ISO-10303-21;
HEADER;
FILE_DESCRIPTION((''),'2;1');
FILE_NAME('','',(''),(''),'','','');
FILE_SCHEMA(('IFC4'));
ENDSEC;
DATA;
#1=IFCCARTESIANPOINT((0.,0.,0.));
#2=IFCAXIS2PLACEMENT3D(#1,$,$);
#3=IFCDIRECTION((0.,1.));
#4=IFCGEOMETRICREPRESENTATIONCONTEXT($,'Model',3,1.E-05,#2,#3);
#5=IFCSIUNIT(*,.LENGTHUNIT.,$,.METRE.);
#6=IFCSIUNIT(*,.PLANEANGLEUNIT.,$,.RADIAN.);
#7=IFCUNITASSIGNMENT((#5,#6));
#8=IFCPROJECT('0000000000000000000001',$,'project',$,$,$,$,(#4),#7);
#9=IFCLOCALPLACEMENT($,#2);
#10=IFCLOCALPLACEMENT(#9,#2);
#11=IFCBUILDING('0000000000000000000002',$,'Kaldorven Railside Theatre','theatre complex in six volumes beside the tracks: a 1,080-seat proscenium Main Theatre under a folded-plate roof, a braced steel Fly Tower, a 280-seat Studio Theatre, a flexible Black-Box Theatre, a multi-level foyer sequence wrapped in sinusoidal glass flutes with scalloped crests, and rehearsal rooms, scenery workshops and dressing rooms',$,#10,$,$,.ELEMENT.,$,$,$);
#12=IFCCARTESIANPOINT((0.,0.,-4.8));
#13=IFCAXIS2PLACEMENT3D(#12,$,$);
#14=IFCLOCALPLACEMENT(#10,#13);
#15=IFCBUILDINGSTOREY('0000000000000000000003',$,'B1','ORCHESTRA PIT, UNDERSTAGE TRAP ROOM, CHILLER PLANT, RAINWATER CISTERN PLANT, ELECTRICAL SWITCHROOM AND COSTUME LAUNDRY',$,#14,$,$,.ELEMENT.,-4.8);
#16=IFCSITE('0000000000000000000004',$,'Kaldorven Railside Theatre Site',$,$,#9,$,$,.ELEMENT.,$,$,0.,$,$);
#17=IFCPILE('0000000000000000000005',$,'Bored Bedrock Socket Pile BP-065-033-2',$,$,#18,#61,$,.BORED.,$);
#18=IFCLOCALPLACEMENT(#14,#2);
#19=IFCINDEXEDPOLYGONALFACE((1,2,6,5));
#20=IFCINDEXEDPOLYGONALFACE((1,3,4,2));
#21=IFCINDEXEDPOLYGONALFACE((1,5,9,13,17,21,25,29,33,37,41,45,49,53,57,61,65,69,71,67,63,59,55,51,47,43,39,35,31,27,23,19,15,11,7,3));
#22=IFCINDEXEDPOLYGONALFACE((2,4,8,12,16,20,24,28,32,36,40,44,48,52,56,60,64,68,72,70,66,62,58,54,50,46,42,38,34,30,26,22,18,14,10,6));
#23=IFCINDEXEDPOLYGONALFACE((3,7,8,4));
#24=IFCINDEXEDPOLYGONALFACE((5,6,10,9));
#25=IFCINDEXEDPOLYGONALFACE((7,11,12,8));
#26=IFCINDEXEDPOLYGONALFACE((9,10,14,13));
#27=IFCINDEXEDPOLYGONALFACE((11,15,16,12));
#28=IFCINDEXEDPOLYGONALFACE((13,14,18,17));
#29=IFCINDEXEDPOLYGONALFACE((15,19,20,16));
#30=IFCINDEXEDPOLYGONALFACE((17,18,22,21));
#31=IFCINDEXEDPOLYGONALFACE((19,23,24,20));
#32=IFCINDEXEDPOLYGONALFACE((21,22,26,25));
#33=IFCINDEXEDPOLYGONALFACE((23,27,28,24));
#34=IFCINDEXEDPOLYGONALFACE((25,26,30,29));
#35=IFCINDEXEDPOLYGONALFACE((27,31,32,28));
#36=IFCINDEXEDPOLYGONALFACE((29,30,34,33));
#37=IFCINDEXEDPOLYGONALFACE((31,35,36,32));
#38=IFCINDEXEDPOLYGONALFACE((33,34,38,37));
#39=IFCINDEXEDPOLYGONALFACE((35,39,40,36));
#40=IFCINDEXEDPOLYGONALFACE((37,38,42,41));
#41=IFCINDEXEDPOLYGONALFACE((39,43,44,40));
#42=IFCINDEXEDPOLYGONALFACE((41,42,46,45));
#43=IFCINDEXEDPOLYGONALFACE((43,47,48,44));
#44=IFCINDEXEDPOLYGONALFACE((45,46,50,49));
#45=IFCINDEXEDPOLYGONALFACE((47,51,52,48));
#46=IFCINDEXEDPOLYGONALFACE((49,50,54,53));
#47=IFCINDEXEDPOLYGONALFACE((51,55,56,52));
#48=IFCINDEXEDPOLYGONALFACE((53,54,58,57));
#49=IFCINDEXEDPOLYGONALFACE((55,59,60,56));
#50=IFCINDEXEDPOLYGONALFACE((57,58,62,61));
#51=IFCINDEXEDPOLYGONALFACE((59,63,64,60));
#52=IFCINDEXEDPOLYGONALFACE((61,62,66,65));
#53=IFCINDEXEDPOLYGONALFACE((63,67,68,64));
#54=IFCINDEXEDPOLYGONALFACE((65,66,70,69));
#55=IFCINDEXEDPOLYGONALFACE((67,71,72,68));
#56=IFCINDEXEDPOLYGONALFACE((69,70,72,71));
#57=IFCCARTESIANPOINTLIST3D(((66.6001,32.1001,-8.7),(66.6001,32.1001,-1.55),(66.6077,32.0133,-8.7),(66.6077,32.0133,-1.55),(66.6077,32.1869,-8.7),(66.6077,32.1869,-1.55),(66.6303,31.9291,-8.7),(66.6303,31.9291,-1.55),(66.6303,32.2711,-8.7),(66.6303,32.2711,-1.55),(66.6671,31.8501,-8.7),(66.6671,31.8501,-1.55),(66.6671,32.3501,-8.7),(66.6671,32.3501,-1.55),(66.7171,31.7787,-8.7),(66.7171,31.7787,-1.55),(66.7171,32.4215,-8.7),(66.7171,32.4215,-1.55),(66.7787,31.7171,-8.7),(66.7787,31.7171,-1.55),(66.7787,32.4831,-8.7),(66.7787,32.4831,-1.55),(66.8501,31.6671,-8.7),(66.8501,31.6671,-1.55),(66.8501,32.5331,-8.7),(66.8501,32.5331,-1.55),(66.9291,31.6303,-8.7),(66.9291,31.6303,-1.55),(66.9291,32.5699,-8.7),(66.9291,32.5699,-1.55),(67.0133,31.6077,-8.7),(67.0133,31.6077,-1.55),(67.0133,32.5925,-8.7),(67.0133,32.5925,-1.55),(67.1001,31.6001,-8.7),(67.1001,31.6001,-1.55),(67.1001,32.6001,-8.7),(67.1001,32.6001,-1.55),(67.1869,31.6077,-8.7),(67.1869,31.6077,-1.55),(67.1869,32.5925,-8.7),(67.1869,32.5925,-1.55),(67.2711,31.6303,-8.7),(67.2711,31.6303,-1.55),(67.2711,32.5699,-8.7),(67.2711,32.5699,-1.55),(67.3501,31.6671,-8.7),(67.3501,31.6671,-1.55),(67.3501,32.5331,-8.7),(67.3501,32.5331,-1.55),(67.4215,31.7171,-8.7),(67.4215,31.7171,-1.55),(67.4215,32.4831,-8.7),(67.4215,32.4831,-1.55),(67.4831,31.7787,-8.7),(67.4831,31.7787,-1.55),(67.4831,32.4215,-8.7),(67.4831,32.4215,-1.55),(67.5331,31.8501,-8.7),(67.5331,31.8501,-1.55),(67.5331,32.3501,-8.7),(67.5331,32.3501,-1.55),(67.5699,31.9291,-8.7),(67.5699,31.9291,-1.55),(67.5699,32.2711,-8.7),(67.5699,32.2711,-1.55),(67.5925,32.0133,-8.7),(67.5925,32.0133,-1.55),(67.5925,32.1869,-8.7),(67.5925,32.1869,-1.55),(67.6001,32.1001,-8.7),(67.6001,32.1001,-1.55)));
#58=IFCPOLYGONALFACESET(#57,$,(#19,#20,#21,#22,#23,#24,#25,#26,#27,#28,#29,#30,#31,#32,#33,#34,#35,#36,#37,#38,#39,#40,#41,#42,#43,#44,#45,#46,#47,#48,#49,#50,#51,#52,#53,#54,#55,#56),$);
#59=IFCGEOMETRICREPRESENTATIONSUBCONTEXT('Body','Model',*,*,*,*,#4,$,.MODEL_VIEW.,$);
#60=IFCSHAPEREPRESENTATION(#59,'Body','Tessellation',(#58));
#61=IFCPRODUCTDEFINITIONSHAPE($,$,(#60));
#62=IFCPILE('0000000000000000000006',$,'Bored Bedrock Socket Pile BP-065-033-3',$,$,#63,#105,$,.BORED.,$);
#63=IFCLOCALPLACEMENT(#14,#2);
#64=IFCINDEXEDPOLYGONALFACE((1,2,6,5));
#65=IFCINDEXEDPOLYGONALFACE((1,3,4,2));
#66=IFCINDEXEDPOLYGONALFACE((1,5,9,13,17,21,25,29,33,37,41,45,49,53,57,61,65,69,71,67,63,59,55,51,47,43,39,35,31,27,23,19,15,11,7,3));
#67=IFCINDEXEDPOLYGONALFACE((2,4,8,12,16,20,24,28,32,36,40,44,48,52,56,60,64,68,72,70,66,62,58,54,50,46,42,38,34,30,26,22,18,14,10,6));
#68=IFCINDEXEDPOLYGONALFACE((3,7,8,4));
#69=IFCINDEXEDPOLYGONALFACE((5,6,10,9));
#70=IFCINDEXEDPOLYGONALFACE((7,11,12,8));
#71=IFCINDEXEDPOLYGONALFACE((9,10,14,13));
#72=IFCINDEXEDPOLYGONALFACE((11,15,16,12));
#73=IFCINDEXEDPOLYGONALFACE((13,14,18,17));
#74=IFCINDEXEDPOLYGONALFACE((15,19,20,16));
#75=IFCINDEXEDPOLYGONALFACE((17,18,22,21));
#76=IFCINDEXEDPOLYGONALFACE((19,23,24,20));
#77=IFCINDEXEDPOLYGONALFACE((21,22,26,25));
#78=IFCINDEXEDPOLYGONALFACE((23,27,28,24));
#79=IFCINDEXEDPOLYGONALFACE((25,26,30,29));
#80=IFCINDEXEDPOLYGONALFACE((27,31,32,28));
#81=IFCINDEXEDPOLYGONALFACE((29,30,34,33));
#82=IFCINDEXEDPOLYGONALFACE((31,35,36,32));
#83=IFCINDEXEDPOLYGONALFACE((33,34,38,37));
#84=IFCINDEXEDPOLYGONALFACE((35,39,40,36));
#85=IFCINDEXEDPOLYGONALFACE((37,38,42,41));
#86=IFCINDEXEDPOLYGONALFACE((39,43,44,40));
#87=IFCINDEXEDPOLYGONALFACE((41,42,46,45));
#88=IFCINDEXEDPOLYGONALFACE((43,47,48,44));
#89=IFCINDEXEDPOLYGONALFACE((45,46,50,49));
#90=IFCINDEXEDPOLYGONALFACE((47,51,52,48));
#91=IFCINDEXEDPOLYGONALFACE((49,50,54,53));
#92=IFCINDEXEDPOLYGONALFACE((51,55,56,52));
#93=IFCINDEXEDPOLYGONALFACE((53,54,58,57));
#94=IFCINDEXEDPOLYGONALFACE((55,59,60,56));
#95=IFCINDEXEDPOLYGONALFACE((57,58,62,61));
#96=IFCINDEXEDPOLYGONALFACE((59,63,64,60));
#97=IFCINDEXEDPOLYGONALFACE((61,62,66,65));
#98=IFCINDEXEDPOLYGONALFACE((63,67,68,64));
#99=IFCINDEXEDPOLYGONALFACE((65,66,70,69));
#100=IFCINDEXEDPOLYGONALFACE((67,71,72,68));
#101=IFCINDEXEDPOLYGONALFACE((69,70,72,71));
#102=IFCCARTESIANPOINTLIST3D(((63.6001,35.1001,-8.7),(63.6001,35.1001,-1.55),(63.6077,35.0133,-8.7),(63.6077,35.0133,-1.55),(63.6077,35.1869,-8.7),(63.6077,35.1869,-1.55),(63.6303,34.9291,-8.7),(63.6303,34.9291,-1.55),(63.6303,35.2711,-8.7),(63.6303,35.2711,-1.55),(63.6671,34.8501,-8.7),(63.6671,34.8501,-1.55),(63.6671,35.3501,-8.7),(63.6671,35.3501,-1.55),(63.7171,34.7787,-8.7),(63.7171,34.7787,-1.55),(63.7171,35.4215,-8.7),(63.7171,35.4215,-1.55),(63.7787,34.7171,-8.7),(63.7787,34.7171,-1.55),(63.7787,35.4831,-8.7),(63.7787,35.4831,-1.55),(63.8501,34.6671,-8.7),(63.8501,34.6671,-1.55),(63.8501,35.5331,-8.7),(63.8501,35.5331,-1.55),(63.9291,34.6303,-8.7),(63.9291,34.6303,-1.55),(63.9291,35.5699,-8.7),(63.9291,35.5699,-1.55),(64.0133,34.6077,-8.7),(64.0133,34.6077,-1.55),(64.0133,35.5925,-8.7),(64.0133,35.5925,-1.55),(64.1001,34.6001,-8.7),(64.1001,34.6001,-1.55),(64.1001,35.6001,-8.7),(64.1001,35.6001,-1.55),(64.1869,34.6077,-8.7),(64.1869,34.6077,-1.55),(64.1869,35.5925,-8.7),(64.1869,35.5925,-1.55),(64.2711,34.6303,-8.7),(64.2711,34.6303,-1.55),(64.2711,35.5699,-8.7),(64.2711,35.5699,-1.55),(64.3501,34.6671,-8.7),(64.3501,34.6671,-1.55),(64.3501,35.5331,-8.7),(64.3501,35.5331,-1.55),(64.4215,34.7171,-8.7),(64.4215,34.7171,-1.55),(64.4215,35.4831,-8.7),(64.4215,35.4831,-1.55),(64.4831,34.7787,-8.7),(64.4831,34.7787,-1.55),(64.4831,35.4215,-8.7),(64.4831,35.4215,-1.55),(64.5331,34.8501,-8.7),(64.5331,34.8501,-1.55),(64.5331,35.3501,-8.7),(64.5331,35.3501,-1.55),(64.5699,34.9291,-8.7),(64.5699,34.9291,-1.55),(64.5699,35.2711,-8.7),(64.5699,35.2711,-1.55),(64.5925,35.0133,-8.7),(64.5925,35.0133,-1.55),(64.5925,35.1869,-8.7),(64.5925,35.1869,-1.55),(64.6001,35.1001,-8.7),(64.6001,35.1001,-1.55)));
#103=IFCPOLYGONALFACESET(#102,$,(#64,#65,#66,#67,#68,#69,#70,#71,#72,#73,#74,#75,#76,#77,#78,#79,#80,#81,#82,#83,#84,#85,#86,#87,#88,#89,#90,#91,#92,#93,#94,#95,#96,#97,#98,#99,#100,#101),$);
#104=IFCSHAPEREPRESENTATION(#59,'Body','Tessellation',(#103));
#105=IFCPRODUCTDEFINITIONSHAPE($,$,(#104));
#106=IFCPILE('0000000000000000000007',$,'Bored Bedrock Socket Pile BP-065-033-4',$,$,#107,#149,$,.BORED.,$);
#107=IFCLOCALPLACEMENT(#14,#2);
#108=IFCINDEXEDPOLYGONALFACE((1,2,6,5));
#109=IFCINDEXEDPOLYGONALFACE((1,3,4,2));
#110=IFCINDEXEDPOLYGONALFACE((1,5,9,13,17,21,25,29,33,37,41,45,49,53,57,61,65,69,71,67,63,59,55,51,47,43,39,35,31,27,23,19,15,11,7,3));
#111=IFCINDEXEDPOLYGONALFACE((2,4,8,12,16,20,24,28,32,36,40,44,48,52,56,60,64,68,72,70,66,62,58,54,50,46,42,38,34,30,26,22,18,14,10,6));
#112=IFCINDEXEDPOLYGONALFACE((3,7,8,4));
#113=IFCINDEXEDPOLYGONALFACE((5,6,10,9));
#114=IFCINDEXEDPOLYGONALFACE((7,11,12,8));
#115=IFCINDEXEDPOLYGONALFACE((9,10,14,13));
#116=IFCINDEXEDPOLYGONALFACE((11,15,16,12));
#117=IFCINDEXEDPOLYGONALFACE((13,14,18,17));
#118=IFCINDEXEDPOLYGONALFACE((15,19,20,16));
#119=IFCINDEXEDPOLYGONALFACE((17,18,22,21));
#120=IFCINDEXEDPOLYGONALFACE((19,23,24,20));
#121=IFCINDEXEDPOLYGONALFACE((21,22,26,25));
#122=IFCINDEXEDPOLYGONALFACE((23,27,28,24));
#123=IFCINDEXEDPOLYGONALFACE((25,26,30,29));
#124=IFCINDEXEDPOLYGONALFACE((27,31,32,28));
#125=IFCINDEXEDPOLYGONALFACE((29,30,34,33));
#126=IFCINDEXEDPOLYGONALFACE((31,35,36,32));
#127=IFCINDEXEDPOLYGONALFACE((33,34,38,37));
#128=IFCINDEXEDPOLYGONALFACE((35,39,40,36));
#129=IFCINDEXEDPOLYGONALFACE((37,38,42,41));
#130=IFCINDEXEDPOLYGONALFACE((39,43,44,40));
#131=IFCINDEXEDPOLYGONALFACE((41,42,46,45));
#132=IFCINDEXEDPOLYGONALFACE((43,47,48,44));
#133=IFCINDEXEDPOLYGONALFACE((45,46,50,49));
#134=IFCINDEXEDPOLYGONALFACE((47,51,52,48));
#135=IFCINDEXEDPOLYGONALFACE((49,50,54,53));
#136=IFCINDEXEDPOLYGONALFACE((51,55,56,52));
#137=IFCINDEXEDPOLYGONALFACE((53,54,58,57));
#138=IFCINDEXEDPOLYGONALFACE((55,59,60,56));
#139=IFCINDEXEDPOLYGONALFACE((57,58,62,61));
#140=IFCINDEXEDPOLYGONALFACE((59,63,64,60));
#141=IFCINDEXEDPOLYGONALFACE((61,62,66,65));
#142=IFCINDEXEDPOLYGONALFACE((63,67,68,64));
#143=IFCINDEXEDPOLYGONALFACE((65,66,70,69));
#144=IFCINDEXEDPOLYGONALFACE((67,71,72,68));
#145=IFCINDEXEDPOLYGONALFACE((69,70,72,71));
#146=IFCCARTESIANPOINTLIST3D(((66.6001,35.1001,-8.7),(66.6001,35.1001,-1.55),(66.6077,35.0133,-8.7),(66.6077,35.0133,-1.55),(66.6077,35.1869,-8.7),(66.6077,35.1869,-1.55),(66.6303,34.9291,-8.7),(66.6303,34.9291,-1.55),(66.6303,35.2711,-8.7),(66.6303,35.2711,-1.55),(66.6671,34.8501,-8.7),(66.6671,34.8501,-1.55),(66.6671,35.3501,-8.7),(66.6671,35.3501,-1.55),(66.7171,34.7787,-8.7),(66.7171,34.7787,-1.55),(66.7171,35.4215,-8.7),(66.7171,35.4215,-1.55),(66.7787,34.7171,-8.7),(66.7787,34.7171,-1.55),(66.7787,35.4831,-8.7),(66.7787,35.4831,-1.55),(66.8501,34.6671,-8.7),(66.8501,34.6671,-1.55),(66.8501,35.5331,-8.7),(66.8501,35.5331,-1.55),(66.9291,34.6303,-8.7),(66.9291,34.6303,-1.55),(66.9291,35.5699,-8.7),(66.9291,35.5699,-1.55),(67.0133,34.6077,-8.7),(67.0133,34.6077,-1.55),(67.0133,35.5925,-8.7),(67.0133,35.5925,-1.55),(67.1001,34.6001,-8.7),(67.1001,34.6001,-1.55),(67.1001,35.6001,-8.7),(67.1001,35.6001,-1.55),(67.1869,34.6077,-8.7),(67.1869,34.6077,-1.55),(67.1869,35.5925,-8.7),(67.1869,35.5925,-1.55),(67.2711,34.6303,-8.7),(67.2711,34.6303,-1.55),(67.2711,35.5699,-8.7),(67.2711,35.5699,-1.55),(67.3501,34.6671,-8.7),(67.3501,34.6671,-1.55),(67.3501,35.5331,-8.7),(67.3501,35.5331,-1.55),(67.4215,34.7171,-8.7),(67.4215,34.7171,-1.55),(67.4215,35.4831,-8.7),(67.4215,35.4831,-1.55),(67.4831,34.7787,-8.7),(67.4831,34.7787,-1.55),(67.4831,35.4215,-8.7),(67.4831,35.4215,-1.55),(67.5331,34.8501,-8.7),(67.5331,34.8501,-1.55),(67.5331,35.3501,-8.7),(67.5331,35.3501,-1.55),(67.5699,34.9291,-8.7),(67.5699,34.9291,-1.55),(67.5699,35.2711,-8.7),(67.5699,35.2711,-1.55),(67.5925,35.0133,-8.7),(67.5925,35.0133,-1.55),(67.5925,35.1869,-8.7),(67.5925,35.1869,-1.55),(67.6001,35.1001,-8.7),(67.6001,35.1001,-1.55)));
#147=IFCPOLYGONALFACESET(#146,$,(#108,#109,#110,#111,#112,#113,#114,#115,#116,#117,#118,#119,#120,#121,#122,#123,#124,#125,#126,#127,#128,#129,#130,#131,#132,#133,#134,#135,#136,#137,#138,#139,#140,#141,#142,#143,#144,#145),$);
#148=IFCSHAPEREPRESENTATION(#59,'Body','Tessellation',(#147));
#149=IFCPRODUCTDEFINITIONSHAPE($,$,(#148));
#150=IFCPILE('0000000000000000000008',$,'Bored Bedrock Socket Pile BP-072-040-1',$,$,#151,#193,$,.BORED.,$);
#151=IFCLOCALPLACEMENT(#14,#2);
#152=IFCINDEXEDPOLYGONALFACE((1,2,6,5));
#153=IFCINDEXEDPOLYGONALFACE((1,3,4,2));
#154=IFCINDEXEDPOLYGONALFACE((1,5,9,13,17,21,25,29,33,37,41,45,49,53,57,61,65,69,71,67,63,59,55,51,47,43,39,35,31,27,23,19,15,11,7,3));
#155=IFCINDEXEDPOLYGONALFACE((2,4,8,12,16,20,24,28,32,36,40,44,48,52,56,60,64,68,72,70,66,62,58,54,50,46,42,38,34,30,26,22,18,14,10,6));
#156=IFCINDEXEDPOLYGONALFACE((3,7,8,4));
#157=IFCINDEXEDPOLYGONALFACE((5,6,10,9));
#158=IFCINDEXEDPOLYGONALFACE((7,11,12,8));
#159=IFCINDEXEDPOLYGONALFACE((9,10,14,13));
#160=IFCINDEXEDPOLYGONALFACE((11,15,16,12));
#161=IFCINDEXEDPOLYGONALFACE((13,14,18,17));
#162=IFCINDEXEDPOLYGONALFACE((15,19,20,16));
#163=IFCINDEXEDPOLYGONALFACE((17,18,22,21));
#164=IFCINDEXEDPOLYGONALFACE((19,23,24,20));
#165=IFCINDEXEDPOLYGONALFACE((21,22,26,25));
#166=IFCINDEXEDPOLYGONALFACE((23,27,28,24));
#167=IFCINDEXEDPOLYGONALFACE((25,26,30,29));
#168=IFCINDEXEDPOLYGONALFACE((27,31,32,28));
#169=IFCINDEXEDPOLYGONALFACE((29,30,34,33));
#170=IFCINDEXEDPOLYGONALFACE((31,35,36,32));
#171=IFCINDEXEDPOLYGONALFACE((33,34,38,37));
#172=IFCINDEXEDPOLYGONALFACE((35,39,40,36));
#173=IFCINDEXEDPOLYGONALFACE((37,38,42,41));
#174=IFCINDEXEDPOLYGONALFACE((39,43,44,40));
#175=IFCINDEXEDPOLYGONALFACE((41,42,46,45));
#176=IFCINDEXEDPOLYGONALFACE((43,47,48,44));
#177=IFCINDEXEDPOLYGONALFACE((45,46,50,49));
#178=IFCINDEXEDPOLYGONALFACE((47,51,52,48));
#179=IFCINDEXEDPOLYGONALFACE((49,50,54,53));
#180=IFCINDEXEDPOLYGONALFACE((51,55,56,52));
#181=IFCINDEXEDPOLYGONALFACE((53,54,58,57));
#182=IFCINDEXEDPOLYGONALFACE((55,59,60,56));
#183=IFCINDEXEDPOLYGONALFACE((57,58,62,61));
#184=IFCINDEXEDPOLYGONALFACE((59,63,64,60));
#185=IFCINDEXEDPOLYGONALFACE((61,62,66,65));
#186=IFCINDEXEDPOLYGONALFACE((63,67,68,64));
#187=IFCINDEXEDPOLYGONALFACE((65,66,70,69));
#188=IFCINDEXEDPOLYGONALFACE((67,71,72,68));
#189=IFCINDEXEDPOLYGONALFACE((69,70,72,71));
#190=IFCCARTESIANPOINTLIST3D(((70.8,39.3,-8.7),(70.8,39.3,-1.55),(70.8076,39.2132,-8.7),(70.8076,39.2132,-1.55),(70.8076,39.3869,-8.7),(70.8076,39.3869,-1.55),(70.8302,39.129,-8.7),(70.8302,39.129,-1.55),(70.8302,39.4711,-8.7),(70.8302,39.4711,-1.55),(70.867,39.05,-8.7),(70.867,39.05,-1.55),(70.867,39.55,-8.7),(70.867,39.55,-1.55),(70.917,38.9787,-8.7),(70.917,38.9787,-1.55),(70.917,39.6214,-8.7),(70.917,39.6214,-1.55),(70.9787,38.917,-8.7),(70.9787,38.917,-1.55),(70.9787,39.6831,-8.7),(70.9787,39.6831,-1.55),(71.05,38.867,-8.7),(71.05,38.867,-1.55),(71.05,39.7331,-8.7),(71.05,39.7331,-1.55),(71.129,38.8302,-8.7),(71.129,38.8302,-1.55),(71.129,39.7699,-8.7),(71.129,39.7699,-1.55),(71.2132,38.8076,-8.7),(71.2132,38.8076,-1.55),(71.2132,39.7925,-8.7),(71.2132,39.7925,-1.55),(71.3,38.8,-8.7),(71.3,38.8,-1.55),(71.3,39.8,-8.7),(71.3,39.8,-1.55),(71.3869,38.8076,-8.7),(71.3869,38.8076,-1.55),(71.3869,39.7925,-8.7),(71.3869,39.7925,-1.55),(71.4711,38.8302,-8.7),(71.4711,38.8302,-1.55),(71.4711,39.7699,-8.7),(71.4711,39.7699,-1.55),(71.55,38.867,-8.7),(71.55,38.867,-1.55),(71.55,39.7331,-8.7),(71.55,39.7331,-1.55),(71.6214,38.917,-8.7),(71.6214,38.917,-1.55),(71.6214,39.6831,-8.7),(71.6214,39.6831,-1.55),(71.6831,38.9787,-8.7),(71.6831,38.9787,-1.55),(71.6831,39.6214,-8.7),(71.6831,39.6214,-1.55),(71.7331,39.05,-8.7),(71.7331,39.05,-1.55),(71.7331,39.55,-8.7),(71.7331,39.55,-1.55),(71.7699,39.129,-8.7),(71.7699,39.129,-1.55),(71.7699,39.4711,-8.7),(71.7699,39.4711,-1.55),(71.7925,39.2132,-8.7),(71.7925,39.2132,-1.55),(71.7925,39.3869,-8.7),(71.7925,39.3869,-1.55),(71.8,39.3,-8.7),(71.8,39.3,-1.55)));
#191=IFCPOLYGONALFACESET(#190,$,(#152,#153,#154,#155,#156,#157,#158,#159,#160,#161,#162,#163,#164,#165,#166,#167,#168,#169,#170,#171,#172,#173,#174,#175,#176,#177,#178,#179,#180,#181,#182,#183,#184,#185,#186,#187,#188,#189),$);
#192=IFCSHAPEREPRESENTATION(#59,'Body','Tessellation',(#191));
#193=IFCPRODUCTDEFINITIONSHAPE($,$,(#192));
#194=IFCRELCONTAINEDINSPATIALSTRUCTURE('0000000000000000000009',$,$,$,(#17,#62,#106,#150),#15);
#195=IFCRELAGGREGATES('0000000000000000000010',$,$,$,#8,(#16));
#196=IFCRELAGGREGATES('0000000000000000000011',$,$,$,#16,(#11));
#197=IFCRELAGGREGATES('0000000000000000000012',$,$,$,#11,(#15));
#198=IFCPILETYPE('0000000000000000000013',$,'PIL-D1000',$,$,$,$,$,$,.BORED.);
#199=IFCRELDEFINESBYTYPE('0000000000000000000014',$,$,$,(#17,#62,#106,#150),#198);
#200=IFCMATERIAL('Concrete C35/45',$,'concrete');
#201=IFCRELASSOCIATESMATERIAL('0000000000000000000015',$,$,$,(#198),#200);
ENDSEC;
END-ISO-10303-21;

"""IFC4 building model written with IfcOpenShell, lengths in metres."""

from ifc_helpers import new_model, si_unit, direction, frame, origin, origin_2d, place, context, subcontext, project, spatial, circle, extrude, material, material_profile, profile_set, type_object, element, save


model = new_model("IFC4")

# Units and contexts
model_context = context("Model", 3, precision=1e-05, world=origin(), true_north=direction((0.0, 1.0)))
body_context = subcontext(model_context, "Body", "Model", "MODEL_VIEW")
ifc_project = project(units=[si_unit("LENGTHUNIT", "METRE"), si_unit("PLANEANGLEUNIT", "RADIAN")], contexts=[model_context])

# Site, building, storey
site_placement = place(None, origin())
site = spatial("IfcSite", under=ifc_project, at=site_placement, Name="Kaldorven Railside Theatre Site", CompositionType="ELEMENT", RefElevation=0.0)
building_placement = place(site_placement, origin())
building = spatial("IfcBuilding", under=site, at=building_placement, Name="Kaldorven Railside Theatre", Description="theatre complex in six volumes beside the tracks: a 1,080-seat proscenium Main Theatre under a folded-plate roof, a braced steel Fly Tower, a 280-seat Studio Theatre, a flexible Black-Box Theatre, a multi-level foyer sequence wrapped in sinusoidal glass flutes with scalloped crests, and rehearsal rooms, scenery workshops and dressing rooms", CompositionType="ELEMENT")
storey_placement = place(building_placement, frame((0.0, 0.0, -4.8)))
storey = spatial("IfcBuildingStorey", under=building, at=storey_placement, Name="B1", Description="ORCHESTRA PIT, UNDERSTAGE TRAP ROOM, CHILLER PLANT, RAINWATER CISTERN PLANT, ELECTRICAL SWITCHROOM AND COSTUME LAUNDRY", CompositionType="ELEMENT", Elevation=-4.8)

# Piles
ifc_material_1 = material(Name="Concrete C35/45", Category="concrete")
ifc_material_profile_1 = material_profile(ifc_material_1, circle(Radius=0.5, at=origin_2d()), Name="BP D1000")
ifc_profile_set_1 = profile_set([ifc_material_profile_1], Name="Concrete C35/45")
pile_type_1 = type_object("IfcPileType", Name="PIL-D1000", PredefinedType="BORED", material=ifc_profile_set_1)
for number, where, z_axis, x_axis, name in (
    (1, (67.1001, 32.1001, -1.55), (0.0, 0.0, -1.0), (1.0, 0.0, 0.0), "Bored Bedrock Socket Pile BP-065-033-2"),
    (2, (64.1001, 35.1001, -1.55), (0.0, 0.0, -1.0), (1.0, 0.0, 0.0), "Bored Bedrock Socket Pile BP-065-033-3"),
    (3, (67.1001, 35.1001, -1.55), (0.0, 0.0, -1.0), (1.0, 0.0, 0.0), "Bored Bedrock Socket Pile BP-065-033-4"),
    (4, (71.3, 39.3, -1.55), (0.0, 0.0, -1.0), (1.0, 0.0, 0.0), "Bored Bedrock Socket Pile BP-072-040-1"),
):
    element("IfcPile", number, at=place(storey_placement, frame(where, z_axis=z_axis, x_axis=x_axis)), inside=storey, type_object=pile_type_1, Name=name, PredefinedType="BORED", context=body_context, shape_type="SweptSolid", body=[
        extrude(circle(Radius=0.5, at=origin_2d()), origin(), (0.0, 0.0, 1.0), 7.1499),
    ])

save(model, "model.ifc")
